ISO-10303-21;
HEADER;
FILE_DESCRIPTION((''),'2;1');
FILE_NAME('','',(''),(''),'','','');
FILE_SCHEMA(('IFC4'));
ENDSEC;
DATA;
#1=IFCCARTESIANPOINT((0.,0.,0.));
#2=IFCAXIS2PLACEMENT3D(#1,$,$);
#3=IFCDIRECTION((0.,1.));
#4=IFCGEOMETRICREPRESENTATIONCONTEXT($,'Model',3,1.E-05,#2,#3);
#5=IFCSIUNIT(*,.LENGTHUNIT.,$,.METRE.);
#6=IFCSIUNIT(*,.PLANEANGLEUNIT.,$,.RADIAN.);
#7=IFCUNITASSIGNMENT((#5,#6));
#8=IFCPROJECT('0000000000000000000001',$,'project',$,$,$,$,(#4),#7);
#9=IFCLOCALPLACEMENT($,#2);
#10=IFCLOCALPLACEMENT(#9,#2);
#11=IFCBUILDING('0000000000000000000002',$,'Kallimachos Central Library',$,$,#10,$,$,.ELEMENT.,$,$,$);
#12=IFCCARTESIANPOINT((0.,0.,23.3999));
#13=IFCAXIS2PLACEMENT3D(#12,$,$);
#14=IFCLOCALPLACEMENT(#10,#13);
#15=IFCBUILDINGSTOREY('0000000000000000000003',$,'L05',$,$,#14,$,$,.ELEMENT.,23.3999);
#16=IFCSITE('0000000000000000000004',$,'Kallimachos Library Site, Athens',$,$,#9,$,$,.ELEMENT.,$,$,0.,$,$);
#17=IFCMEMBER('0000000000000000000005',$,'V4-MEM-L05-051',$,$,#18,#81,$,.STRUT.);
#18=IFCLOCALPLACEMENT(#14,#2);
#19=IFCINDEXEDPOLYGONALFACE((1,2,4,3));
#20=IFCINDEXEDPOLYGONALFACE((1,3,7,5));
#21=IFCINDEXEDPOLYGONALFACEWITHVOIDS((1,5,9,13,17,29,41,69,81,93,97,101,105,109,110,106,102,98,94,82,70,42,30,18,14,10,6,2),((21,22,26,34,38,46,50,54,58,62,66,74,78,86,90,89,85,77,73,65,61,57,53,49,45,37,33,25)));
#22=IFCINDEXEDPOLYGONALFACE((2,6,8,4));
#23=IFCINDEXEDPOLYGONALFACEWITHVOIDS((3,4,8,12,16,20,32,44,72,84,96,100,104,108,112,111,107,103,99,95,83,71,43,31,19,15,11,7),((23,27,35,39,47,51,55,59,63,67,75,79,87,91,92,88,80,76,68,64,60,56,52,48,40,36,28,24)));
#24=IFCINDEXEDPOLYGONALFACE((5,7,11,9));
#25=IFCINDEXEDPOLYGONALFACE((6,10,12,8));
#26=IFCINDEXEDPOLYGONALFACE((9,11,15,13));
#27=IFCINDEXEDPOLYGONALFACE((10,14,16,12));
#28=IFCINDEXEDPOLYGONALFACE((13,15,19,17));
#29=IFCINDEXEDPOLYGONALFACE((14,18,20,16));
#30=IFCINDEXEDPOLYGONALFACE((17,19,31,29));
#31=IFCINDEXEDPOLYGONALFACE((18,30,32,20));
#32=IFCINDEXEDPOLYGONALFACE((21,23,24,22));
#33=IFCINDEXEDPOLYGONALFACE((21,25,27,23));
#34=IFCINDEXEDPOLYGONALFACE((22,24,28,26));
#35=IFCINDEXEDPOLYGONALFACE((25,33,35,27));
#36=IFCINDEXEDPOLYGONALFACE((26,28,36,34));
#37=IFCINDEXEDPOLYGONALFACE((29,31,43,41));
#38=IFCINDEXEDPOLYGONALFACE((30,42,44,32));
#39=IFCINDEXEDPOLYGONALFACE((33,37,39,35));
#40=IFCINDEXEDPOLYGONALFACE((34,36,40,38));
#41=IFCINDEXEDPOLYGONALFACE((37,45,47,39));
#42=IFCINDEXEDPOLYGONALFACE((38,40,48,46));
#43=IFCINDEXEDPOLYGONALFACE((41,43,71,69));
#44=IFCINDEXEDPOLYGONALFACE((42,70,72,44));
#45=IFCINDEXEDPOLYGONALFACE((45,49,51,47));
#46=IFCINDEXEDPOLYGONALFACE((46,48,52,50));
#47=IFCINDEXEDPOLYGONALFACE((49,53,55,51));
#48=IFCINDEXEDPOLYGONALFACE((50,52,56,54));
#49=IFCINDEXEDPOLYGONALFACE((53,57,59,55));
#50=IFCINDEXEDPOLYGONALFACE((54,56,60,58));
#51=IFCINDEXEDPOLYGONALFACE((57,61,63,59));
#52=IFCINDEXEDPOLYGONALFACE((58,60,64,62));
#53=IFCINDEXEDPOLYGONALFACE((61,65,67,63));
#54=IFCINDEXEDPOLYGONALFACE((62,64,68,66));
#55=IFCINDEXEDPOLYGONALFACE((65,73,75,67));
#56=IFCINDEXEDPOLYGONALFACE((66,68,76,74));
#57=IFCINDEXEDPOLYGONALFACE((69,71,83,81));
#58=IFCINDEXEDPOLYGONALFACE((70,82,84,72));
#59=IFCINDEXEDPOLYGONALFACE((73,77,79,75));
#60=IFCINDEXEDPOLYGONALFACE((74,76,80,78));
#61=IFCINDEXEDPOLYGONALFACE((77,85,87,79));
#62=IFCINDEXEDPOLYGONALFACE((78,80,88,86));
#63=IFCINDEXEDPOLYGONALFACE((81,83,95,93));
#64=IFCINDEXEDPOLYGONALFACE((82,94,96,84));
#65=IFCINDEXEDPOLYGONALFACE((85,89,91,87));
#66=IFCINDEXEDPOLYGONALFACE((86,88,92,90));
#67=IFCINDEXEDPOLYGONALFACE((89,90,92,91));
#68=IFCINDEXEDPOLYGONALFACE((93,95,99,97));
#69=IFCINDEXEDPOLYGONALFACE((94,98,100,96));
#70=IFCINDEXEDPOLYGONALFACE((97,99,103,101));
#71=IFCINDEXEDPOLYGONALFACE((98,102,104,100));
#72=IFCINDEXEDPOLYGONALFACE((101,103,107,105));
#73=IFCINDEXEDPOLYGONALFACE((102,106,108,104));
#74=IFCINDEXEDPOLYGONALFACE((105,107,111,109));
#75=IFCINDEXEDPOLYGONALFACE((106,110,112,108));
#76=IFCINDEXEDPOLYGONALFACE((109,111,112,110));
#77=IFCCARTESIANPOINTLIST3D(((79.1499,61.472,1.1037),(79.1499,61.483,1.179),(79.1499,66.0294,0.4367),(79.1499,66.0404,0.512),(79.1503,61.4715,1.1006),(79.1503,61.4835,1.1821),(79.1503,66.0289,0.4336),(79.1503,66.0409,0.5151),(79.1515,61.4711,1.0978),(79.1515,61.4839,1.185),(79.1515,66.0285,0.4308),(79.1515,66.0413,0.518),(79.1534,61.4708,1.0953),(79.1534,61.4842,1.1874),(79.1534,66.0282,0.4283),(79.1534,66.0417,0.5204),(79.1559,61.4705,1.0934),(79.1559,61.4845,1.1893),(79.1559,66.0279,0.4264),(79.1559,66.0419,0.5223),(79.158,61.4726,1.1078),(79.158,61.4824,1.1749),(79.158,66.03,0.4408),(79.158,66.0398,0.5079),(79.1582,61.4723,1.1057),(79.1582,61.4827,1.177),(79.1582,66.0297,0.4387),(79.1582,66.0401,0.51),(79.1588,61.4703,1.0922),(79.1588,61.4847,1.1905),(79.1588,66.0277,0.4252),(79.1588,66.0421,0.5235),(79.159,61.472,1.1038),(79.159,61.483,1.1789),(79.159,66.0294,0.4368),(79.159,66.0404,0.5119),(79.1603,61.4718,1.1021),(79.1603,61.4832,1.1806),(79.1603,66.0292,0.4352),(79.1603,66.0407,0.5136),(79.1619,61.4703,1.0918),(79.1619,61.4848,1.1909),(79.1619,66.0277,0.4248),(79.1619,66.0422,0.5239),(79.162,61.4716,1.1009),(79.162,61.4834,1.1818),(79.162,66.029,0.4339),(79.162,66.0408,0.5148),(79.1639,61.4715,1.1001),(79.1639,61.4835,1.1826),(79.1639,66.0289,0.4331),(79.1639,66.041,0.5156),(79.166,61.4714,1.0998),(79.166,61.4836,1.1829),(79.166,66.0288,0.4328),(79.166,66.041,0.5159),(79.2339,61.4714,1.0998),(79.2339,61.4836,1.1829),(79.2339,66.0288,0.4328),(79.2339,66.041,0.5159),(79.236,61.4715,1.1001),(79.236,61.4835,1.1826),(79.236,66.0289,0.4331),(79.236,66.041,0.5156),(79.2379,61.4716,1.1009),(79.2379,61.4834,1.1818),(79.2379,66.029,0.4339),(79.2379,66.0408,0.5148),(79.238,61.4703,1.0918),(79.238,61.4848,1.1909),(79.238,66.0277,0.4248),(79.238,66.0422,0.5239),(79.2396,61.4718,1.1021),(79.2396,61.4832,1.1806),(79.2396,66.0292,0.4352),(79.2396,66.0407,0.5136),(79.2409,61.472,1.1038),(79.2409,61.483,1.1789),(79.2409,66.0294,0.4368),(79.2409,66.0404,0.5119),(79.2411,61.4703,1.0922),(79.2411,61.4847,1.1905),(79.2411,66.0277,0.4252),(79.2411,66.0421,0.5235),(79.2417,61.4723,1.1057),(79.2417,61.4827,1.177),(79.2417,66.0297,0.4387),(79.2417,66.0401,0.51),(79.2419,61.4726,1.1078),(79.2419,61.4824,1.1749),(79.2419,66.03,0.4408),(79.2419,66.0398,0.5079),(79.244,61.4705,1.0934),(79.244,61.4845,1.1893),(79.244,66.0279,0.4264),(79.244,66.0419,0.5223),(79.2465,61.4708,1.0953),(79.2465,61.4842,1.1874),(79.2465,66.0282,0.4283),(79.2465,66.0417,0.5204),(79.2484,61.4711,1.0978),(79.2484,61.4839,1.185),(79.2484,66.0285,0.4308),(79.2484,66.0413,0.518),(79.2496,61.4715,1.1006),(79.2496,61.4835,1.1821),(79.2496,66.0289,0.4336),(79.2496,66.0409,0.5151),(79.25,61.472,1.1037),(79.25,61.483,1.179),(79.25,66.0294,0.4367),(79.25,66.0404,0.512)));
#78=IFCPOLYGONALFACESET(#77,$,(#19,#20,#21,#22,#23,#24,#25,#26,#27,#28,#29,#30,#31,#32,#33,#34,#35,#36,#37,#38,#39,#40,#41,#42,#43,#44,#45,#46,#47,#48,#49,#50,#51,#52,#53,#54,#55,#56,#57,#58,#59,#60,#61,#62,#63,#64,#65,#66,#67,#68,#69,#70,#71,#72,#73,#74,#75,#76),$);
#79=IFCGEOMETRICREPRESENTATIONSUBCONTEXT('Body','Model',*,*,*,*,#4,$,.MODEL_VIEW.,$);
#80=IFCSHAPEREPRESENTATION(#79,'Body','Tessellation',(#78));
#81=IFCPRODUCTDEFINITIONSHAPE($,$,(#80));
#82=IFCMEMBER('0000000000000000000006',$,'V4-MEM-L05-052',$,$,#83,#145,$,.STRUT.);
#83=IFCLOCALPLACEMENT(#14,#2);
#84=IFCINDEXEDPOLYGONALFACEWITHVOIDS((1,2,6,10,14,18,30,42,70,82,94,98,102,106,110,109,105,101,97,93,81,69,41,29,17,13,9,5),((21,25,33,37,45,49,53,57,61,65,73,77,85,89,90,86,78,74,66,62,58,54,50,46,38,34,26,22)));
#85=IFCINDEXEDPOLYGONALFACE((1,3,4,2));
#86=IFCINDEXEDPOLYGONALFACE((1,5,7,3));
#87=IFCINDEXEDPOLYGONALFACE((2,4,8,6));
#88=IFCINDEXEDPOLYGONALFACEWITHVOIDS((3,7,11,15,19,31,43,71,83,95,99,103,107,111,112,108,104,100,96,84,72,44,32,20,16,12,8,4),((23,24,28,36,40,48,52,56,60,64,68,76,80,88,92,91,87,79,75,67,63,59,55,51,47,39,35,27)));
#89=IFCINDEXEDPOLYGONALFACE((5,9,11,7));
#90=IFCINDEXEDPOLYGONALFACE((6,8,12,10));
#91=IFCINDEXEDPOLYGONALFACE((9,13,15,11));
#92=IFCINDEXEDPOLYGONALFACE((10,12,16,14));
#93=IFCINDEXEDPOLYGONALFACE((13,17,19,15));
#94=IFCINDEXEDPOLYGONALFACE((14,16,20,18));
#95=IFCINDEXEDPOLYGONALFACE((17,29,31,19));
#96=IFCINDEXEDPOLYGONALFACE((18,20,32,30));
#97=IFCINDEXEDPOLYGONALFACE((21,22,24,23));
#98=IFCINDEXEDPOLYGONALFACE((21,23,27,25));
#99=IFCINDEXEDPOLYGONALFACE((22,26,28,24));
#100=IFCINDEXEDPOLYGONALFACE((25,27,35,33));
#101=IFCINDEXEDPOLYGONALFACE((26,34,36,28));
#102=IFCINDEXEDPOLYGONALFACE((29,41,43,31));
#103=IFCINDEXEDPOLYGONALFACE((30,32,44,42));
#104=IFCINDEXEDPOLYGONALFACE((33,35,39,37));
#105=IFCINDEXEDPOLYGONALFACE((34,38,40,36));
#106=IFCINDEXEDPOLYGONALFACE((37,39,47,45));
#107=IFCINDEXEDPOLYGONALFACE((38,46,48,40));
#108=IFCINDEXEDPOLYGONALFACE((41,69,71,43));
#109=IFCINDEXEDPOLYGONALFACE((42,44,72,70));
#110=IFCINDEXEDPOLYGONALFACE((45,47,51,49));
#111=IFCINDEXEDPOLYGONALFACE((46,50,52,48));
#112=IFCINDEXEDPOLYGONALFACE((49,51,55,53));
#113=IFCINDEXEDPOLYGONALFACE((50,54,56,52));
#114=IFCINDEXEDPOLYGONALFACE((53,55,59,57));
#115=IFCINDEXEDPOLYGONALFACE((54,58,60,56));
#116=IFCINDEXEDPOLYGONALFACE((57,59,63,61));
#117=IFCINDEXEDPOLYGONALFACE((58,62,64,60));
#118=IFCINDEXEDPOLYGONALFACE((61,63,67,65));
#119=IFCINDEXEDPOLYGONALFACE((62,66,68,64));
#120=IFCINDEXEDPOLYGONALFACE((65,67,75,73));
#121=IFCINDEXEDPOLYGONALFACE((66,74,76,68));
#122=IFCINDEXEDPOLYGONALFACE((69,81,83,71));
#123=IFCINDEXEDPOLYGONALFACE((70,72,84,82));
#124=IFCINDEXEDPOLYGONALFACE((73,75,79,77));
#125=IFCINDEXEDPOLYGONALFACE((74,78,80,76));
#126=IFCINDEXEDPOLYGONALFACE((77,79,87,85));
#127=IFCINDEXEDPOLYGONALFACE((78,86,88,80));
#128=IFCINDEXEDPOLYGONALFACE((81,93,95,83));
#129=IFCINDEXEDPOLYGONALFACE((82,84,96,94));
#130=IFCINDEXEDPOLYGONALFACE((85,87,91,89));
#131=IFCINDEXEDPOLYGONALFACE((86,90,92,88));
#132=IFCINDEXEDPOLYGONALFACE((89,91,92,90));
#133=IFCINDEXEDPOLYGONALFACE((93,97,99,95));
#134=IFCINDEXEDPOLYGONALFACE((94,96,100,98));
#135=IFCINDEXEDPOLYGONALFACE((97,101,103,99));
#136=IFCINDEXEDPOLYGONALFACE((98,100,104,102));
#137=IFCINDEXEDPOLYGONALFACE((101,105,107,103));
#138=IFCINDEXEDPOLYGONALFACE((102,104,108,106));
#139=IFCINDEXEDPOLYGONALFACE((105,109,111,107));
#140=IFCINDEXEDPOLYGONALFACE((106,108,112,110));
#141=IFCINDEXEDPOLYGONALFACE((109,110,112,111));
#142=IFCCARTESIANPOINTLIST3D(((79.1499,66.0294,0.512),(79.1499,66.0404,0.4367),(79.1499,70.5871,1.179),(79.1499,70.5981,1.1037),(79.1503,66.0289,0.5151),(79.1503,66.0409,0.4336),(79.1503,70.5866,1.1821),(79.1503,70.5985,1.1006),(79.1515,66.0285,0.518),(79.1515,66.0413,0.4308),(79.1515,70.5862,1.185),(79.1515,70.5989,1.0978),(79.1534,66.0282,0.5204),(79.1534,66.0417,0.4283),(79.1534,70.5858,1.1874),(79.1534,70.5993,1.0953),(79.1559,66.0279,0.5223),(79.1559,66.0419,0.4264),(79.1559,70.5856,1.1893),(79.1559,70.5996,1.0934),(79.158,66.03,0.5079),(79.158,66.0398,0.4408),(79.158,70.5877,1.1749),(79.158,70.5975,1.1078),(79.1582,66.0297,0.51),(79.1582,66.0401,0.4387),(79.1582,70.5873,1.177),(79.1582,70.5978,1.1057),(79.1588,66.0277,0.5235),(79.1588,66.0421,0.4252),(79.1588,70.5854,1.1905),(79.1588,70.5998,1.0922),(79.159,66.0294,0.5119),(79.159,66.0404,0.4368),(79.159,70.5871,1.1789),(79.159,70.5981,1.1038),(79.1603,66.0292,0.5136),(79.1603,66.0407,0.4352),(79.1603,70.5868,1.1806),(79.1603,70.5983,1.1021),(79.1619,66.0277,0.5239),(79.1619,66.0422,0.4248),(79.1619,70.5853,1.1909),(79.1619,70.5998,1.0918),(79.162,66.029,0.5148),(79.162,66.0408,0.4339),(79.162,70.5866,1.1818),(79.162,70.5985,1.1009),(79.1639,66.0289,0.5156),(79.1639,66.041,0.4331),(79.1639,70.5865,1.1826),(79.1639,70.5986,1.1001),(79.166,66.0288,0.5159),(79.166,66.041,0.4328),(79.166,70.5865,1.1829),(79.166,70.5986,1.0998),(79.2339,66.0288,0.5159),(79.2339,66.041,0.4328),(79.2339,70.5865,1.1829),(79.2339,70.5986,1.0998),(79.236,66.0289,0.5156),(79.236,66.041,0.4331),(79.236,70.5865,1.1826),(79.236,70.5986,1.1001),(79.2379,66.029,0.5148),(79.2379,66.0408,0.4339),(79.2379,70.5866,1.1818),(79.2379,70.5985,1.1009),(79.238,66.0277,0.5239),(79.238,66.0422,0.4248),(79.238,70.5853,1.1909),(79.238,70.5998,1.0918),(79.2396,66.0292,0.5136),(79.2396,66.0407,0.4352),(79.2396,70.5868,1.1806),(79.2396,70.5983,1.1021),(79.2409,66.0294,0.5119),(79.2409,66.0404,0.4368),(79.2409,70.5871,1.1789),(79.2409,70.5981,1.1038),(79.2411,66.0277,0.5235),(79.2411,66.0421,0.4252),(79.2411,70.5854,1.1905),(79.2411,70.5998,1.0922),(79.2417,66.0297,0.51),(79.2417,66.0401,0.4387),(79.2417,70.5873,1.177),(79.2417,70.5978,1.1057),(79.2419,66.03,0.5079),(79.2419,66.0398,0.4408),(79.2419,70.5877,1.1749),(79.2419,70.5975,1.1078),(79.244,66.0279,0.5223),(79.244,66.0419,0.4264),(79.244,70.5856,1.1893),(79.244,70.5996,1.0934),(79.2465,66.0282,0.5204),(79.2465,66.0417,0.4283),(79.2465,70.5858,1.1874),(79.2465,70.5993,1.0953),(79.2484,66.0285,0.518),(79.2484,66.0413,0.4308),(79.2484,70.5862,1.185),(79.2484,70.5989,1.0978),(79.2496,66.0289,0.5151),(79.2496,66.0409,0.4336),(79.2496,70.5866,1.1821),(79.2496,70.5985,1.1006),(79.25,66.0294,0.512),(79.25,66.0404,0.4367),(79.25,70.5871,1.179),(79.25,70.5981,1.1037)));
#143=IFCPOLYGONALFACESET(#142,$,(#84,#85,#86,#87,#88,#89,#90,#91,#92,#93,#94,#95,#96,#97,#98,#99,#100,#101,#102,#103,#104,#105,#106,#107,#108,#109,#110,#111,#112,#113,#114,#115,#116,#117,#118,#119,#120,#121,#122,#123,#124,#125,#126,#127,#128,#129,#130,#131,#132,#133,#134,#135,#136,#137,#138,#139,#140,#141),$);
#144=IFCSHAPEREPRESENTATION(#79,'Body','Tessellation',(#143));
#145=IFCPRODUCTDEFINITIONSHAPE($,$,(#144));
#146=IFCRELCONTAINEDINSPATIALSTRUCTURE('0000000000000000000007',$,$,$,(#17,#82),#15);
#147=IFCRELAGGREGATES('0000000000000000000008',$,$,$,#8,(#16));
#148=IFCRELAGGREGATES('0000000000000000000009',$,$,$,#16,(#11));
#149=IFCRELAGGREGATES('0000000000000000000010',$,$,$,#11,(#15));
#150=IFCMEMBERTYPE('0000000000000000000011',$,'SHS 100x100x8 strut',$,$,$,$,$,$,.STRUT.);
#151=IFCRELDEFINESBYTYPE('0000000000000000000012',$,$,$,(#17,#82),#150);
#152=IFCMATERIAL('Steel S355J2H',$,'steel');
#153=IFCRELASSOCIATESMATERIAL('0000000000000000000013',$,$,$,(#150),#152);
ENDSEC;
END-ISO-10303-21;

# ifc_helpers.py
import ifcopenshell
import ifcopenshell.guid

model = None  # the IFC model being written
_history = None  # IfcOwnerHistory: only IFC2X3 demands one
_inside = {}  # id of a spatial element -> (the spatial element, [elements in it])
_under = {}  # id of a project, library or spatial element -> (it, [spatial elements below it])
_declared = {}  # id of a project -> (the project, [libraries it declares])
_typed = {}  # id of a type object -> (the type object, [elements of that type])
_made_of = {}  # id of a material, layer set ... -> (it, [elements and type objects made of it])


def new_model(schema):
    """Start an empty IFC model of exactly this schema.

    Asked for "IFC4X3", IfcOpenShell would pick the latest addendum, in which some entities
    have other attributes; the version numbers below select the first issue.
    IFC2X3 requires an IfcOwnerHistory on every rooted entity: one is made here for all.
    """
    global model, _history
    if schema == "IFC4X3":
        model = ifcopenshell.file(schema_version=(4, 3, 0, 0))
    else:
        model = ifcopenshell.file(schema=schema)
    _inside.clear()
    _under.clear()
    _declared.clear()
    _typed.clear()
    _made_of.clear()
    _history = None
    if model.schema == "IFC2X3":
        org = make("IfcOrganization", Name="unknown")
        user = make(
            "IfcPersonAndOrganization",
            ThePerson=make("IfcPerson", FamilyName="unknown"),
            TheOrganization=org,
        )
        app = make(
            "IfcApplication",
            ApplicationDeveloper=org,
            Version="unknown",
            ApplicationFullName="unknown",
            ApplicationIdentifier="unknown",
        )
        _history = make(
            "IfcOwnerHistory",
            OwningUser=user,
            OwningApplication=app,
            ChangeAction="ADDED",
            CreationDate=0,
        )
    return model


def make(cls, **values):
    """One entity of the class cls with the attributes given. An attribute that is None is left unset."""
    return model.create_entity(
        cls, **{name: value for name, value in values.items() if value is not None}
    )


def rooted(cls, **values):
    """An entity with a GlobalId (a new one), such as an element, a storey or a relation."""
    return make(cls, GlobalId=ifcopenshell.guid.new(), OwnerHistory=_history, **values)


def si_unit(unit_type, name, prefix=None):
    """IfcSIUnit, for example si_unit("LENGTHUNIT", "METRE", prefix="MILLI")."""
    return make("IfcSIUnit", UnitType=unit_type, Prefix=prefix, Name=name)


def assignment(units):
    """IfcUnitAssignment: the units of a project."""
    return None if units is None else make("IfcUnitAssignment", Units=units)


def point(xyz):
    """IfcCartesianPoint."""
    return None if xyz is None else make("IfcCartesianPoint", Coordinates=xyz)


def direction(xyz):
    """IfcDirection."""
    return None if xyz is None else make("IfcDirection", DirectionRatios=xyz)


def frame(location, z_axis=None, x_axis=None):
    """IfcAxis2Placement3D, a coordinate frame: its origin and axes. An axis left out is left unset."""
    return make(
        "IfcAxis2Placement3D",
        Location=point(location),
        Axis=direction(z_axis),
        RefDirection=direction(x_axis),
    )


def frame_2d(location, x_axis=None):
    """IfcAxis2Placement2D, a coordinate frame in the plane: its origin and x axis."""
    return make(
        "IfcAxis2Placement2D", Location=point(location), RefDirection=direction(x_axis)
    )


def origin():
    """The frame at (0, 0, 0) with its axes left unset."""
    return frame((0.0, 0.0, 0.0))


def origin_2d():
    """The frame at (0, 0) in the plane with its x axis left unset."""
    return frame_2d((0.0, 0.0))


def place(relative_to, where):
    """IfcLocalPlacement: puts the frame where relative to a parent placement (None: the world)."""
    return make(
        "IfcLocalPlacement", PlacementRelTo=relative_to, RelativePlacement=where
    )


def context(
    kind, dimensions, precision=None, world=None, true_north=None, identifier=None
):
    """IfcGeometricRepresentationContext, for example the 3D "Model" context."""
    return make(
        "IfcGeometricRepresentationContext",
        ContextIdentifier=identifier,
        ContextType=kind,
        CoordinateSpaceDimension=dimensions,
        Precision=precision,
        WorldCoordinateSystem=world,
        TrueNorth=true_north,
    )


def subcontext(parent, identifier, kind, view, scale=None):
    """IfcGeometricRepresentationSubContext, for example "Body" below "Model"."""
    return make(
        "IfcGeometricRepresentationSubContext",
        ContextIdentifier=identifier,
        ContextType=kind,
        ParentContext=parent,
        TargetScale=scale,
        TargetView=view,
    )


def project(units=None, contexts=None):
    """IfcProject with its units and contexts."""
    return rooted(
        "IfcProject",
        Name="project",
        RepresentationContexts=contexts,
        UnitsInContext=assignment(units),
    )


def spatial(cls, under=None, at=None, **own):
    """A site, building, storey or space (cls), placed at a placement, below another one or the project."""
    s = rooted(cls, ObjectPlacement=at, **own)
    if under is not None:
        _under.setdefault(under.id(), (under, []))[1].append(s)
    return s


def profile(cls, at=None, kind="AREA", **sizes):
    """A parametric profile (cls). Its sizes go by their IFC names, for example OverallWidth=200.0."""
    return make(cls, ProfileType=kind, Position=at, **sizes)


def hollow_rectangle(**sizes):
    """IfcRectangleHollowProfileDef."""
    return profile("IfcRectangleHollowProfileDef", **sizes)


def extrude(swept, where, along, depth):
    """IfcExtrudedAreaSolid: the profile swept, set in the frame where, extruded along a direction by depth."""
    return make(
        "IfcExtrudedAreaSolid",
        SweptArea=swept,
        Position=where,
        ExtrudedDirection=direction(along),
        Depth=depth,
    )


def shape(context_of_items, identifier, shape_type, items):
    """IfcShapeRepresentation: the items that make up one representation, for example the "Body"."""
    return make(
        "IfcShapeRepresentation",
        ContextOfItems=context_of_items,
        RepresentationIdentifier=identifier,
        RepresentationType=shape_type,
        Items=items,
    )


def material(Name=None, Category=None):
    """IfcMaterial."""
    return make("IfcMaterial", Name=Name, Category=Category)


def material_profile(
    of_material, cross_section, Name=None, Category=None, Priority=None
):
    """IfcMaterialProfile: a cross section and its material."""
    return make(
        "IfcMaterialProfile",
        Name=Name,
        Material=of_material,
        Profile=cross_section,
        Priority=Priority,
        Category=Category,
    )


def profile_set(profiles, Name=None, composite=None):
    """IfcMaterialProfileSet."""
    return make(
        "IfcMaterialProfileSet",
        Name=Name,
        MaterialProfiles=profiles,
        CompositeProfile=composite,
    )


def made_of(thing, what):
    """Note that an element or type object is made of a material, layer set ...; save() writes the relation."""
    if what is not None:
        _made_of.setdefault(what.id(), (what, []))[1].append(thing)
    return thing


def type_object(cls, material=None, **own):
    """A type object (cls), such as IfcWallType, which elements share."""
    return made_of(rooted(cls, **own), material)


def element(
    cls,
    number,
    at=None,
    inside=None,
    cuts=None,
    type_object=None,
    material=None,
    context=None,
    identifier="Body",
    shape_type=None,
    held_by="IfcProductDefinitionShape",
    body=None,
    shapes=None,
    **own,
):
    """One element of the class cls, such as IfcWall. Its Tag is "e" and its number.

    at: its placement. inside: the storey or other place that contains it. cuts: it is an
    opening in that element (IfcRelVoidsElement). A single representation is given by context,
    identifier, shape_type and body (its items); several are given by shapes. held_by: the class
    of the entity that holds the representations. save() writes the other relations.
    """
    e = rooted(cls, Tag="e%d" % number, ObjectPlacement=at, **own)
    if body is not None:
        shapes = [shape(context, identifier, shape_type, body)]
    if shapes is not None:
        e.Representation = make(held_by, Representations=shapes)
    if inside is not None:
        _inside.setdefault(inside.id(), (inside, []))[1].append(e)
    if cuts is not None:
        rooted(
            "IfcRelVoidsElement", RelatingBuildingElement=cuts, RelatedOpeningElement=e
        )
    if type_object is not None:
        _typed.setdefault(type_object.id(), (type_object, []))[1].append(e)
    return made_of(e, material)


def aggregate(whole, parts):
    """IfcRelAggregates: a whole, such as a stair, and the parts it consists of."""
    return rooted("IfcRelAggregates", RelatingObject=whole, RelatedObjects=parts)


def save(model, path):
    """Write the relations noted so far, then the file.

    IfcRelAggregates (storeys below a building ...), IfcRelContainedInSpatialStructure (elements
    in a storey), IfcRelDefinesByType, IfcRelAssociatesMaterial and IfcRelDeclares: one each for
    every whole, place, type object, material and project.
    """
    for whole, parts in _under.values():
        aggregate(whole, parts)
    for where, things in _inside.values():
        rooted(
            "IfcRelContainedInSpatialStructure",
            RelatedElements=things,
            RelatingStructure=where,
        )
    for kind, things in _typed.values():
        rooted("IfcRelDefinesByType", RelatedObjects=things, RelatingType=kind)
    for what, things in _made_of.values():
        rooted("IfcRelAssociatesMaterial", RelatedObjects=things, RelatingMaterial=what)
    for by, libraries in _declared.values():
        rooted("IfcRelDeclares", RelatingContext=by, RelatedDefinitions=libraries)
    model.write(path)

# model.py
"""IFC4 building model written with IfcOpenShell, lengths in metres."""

from ifc_helpers import new_model, si_unit, direction, frame, origin, origin_2d, place, context, subcontext, project, spatial, hollow_rectangle, extrude, material, material_profile, profile_set, type_object, element, save


model = new_model("IFC4")

# Units and contexts
model_context = context("Model", 3, precision=1e-05, world=origin(), true_north=direction((0.0, 1.0)))
body_context = subcontext(model_context, "Body", "Model", "MODEL_VIEW")
ifc_project = project(units=[si_unit("LENGTHUNIT", "METRE"), si_unit("PLANEANGLEUNIT", "RADIAN")], contexts=[model_context])

# Site, building, storey
site_placement = place(None, origin())
site = spatial("IfcSite", under=ifc_project, at=site_placement, Name="Kallimachos Library Site, Athens", CompositionType="ELEMENT", RefElevation=0.0)
building_placement = place(site_placement, origin())
building = spatial("IfcBuilding", under=site, at=building_placement, Name="Kallimachos Central Library", CompositionType="ELEMENT")
storey_placement = place(building_placement, frame((0.0, 0.0, 23.3999)))
storey = spatial("IfcBuildingStorey", under=building, at=storey_placement, Name="L05", CompositionType="ELEMENT", Elevation=23.3999)

# Members
ifc_material_1 = material(Name="Steel S355J2H", Category="steel")
ifc_material_profile_1 = material_profile(ifc_material_1, hollow_rectangle(XDim=0.1001, YDim=0.1001, WallThickness=0.0081, InnerFilletRadius=0.0081, OuterFilletRadius=0.012, at=origin_2d()), Name="SHS 100x100x8")
ifc_profile_set_1 = profile_set([ifc_material_profile_1], Name="Steel S355J2H")
member_type_1 = type_object("IfcMemberType", Name="SHS 100x100x8 strut", PredefinedType="STRUT", material=ifc_profile_set_1)
member_1_placement = place(storey_placement, frame((79.2, 66.0349, 0.4744), z_axis=(0.0, -0.989459, 0.144812), x_axis=(1.0, 0.0, 0.0)))
element("IfcMember", 1, at=member_1_placement, inside=storey, type_object=member_type_1, Name="V4-MEM-L05-051", PredefinedType="STRUT", context=body_context, shape_type="SweptSolid", body=[
    extrude(hollow_rectangle(XDim=0.1001, YDim=0.1001, WallThickness=0.0081, InnerFilletRadius=0.0081, OuterFilletRadius=0.012, at=origin_2d()), origin(), (0.0, 0.0, 1.0), 4.606),
])
member_2_placement = place(storey_placement, frame((79.2, 66.0349, 0.4744), z_axis=(0.0, 0.98946, 0.144804), x_axis=(-1.0, 0.0, 0.0)))
element("IfcMember", 2, at=member_2_placement, inside=storey, type_object=member_type_1, Name="V4-MEM-L05-052", PredefinedType="STRUT", context=body_context, shape_type="SweptSolid", body=[
    extrude(hollow_rectangle(XDim=0.1001, YDim=0.1001, WallThickness=0.0081, InnerFilletRadius=0.0081, OuterFilletRadius=0.012, at=origin_2d()), origin(), (0.0, 0.0, 1.0), 4.6062),
])

save(model, "model.ifc")
